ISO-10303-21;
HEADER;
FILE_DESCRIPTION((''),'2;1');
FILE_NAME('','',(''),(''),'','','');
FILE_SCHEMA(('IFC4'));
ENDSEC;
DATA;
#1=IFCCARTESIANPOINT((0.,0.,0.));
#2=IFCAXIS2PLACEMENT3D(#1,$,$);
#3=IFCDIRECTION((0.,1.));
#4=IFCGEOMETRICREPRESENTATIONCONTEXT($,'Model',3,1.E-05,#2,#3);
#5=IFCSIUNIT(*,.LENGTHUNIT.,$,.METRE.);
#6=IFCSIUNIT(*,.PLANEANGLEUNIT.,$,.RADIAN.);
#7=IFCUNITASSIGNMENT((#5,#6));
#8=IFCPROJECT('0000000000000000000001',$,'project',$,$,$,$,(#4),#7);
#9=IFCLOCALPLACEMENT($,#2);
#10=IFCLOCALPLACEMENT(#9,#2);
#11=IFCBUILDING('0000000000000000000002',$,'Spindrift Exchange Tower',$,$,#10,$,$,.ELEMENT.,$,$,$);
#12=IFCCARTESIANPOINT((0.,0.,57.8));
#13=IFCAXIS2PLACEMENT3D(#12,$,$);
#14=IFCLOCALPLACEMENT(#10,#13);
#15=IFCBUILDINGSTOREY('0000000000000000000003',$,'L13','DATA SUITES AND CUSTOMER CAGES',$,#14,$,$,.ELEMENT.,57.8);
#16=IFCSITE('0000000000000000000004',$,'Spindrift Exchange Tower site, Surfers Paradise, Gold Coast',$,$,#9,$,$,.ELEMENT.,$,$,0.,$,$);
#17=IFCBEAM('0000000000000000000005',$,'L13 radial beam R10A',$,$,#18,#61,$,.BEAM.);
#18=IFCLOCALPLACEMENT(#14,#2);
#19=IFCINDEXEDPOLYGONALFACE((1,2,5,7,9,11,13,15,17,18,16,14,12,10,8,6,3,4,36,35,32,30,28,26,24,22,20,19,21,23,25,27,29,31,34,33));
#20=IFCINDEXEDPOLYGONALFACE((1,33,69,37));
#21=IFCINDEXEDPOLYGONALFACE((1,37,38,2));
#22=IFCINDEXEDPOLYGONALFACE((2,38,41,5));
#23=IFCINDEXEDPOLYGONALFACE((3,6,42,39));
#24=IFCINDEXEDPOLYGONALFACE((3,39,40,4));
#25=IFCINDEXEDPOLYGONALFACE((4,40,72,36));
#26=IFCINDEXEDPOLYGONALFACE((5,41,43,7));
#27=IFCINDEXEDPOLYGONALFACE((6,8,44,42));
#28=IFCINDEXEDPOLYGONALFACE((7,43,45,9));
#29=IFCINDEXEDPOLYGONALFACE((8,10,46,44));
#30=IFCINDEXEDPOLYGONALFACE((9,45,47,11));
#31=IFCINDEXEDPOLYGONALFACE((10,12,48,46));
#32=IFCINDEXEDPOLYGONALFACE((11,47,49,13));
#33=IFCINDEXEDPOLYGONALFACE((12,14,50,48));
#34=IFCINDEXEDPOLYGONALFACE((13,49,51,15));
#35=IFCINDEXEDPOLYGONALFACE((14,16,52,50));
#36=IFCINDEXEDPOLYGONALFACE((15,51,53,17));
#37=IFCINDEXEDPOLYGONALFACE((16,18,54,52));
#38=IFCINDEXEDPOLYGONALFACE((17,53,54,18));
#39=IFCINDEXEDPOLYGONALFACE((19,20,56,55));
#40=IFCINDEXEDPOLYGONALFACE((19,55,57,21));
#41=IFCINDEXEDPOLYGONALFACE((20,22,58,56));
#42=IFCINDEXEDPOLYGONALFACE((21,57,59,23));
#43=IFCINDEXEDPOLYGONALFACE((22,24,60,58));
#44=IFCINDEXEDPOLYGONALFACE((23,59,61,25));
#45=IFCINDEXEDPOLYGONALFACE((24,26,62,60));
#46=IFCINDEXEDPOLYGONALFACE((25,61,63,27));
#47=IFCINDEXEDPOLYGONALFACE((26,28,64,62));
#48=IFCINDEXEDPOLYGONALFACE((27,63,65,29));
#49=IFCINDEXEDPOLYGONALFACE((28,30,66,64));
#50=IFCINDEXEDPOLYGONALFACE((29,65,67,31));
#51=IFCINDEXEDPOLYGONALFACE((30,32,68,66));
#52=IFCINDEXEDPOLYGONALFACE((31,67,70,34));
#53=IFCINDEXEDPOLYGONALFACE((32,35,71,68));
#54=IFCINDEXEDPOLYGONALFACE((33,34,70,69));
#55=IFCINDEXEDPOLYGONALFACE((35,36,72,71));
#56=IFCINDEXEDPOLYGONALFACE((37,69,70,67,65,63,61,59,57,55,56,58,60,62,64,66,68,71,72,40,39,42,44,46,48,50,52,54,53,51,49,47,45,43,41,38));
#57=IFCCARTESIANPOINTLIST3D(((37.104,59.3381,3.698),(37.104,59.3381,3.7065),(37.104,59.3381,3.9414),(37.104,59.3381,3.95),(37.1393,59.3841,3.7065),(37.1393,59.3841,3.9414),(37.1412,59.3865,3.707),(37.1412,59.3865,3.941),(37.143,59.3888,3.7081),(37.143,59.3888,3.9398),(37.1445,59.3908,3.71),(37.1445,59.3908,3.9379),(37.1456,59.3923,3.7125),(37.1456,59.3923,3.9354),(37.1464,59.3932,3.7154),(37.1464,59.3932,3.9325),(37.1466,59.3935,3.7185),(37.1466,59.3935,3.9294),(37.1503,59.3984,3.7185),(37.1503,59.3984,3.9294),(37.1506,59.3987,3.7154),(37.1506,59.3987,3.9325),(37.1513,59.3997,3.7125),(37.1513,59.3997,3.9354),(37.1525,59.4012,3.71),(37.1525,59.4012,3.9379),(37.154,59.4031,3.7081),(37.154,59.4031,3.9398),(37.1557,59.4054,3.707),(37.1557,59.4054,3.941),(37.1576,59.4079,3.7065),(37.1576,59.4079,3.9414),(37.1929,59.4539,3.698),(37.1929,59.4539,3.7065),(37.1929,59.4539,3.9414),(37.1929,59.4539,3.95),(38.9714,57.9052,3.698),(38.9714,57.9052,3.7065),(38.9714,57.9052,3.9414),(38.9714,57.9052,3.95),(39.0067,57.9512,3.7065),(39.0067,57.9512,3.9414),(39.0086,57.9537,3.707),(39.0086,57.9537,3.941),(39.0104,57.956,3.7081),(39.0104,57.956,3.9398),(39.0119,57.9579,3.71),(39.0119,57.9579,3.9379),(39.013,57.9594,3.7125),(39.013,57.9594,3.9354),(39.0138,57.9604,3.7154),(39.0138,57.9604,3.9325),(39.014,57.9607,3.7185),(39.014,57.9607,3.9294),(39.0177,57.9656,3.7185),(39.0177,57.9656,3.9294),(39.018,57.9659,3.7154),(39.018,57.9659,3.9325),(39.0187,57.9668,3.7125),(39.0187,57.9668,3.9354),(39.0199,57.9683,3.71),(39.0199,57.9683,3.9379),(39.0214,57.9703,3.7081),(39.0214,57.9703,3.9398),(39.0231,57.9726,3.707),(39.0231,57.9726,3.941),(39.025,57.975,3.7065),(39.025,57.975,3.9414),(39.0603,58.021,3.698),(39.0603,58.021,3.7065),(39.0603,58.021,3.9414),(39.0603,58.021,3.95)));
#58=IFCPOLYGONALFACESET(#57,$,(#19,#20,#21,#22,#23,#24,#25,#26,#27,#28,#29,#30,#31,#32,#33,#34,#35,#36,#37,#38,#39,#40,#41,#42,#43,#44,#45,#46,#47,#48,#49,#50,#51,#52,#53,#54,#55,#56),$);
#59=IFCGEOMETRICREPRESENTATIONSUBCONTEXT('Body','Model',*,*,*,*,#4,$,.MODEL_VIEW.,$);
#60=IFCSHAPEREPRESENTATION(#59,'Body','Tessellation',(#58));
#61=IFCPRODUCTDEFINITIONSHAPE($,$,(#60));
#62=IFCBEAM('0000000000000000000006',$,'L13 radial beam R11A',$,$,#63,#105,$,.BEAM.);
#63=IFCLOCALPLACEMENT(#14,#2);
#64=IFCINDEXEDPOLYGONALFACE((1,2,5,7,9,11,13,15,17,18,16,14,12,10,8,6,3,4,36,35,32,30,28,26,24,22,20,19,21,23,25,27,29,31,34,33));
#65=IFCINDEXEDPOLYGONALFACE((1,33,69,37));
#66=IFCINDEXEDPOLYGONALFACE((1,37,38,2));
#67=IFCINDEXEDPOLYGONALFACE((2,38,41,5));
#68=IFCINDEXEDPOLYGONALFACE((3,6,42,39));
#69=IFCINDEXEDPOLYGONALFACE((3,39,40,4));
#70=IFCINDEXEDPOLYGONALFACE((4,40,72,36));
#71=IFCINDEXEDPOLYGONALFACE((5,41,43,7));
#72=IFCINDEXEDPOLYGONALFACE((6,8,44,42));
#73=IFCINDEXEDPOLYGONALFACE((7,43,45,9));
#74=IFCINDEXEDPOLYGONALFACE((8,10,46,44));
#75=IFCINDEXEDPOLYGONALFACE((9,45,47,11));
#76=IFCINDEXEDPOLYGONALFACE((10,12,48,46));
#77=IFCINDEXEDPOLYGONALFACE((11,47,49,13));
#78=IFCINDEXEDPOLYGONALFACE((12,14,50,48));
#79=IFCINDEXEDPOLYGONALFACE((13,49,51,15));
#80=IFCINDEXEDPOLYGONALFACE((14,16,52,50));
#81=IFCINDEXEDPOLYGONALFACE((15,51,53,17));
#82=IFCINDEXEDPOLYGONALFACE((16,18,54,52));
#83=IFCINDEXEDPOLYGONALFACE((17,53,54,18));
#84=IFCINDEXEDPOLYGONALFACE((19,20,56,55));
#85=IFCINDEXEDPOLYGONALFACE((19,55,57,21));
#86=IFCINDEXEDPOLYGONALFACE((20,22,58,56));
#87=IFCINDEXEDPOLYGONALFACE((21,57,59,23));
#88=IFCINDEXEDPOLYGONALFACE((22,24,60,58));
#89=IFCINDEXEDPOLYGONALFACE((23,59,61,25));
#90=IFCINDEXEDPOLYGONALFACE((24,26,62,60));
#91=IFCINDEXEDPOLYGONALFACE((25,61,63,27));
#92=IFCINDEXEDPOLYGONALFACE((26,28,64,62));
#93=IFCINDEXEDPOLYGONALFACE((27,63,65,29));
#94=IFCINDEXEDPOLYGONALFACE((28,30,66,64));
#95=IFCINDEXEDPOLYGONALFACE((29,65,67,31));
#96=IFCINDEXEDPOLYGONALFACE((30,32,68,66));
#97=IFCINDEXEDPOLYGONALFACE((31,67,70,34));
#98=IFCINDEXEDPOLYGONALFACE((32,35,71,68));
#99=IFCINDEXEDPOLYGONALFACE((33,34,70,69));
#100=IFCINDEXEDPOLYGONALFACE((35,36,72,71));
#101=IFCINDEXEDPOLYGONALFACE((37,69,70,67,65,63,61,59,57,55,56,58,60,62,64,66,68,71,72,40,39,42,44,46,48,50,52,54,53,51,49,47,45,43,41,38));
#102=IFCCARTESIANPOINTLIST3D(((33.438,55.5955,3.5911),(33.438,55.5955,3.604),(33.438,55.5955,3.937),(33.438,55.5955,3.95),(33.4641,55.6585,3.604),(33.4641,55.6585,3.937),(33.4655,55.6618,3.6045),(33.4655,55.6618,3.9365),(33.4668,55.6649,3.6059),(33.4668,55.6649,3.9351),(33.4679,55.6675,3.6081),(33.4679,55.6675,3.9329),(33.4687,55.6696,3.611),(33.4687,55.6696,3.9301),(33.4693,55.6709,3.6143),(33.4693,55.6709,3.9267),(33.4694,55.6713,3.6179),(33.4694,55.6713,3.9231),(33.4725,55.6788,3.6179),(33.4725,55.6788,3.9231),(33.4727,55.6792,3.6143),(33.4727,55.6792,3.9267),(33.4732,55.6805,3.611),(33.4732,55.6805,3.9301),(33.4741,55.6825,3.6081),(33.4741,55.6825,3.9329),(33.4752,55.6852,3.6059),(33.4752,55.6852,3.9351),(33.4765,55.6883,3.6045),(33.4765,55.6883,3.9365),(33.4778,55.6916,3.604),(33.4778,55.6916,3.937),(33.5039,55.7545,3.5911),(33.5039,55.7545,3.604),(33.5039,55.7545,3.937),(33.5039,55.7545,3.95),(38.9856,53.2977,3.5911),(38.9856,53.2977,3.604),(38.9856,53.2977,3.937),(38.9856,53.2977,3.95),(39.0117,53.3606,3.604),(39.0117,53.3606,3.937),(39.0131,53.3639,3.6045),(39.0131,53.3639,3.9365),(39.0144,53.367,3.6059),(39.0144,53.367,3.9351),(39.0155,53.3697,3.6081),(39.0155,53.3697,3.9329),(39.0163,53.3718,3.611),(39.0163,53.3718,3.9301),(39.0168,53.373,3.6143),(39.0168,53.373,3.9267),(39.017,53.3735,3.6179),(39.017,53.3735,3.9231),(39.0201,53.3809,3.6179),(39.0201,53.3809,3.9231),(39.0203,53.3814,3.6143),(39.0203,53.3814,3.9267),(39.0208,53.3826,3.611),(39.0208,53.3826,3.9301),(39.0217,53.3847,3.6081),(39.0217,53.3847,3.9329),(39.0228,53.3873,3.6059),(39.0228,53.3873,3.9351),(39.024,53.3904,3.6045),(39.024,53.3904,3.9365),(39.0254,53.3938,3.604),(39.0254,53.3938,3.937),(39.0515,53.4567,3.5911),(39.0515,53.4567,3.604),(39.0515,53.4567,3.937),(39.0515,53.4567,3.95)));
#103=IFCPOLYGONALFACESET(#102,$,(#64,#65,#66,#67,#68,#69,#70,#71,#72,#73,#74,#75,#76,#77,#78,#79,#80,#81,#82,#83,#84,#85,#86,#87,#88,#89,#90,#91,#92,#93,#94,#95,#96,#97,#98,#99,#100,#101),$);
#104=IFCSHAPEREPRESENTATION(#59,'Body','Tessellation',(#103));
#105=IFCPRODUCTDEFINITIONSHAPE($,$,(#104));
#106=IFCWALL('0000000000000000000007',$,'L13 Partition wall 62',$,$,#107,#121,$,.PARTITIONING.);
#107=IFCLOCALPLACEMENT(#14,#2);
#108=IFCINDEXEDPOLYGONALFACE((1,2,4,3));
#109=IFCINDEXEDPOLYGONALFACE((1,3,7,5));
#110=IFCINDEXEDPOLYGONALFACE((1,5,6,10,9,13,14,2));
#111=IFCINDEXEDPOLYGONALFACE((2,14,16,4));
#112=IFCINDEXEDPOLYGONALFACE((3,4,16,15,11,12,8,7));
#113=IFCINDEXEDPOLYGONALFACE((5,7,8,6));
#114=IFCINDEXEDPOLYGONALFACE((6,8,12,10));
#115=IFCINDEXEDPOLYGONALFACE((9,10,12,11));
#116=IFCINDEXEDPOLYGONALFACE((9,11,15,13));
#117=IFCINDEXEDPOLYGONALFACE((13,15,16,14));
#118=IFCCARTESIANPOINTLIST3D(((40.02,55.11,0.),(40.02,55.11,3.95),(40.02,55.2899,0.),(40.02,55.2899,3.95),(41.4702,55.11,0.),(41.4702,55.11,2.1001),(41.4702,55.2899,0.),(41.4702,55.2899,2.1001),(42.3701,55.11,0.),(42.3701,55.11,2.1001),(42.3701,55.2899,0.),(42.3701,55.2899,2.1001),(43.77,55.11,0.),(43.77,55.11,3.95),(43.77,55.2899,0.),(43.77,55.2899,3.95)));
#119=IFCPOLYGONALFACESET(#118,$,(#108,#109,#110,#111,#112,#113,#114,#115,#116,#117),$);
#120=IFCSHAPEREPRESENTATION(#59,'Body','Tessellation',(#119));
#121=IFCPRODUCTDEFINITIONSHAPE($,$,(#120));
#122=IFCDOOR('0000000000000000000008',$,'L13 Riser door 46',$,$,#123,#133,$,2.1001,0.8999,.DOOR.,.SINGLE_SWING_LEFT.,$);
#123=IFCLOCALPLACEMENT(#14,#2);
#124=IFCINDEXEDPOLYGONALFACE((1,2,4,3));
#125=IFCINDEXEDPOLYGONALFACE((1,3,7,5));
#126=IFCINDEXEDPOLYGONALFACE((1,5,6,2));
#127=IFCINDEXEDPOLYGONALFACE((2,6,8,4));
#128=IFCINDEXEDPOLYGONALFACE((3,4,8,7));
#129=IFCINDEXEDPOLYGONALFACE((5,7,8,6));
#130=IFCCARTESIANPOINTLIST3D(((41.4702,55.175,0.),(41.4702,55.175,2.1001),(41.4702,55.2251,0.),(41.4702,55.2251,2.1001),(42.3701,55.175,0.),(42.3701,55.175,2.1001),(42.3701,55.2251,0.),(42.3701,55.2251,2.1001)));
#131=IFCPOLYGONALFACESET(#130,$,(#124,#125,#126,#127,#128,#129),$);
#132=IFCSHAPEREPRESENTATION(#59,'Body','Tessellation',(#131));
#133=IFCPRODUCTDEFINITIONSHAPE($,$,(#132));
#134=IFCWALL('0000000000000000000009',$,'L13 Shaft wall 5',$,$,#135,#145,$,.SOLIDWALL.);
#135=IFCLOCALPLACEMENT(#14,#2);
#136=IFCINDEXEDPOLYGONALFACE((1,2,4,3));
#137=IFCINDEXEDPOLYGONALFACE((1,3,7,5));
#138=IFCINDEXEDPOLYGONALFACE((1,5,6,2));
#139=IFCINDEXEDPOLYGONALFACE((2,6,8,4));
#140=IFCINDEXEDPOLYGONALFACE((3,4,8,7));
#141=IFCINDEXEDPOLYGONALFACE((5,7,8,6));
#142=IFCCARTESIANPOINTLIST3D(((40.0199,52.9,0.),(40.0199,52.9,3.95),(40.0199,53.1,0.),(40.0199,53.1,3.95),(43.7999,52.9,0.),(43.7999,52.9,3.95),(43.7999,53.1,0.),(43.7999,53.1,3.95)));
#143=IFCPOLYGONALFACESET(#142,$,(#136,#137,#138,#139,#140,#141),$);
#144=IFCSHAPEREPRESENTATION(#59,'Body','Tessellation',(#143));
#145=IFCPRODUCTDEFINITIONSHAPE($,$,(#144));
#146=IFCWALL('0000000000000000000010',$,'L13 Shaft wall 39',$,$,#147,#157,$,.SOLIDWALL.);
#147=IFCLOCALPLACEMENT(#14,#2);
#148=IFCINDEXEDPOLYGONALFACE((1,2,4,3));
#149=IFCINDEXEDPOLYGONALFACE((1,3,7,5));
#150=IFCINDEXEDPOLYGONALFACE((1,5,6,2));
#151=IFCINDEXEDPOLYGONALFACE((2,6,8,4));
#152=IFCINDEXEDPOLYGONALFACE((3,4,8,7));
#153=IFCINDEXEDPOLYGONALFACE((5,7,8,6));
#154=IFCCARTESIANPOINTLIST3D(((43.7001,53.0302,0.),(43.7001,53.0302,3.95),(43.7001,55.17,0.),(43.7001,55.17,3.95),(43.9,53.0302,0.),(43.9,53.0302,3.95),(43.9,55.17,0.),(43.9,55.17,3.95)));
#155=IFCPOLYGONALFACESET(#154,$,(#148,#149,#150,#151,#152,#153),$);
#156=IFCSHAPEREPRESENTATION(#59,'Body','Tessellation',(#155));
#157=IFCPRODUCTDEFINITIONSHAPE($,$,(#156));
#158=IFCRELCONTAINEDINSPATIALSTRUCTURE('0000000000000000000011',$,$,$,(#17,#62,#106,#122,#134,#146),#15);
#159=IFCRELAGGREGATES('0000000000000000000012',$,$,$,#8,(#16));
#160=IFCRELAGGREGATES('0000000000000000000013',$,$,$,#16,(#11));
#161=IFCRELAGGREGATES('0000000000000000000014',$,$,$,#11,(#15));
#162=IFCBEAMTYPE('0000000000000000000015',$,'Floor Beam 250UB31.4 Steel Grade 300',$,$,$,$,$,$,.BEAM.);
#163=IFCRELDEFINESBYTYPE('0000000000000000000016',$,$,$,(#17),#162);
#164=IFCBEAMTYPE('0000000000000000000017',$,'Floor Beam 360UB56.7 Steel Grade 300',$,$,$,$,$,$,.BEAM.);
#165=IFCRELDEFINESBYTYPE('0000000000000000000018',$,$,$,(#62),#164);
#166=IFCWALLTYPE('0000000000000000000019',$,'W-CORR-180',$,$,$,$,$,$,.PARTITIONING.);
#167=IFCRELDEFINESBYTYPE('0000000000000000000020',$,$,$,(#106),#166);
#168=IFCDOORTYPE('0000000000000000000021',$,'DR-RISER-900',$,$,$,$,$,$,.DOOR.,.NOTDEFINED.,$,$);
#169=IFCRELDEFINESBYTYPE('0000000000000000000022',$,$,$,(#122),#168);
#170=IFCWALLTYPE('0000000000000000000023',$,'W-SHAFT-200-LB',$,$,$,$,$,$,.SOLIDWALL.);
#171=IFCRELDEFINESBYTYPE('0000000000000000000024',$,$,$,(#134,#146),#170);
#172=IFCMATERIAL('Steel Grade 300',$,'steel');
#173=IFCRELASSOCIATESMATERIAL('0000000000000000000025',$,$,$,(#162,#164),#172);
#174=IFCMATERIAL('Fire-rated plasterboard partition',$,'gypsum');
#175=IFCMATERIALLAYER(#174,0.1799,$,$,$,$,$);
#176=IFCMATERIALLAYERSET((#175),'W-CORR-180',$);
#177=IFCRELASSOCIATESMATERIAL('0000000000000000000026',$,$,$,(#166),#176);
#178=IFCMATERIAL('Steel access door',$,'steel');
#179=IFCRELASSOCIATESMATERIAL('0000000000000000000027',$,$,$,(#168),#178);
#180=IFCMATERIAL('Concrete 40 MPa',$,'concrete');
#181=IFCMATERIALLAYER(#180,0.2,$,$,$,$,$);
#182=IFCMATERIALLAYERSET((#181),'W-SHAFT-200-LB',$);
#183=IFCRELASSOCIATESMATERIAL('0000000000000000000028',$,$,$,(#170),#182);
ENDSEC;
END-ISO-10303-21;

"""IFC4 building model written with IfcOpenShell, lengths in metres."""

from ifc_helpers import new_model, si_unit, direction, frame, frame_2d, origin, origin_2d, place, context, subcontext, project, spatial, rectangle, i_section, extrude, source, transform, mapped, material, layer, layer_set, material_profile, profile_set, type_object, element, fill, save


model = new_model("IFC4")

# Units and contexts
model_context = context("Model", 3, precision=1e-05, world=origin(), true_north=direction((0.0, 1.0)))
body_context = subcontext(model_context, "Body", "Model", "MODEL_VIEW")
ifc_project = project(units=[si_unit("LENGTHUNIT", "METRE"), si_unit("PLANEANGLEUNIT", "RADIAN")], contexts=[model_context])

# Site, building, storey
site_placement = place(None, origin())
site = spatial("IfcSite", under=ifc_project, at=site_placement, Name="Spindrift Exchange Tower site, Surfers Paradise, Gold Coast", CompositionType="ELEMENT", RefElevation=0.0)
building_placement = place(site_placement, origin())
building = spatial("IfcBuilding", under=site, at=building_placement, Name="Spindrift Exchange Tower", CompositionType="ELEMENT")
storey_placement = place(building_placement, frame((0.0, 0.0, 57.8)))
storey = spatial("IfcBuildingStorey", under=building, at=storey_placement, Name="L13", Description="DATA SUITES AND CUSTOMER CAGES", CompositionType="ELEMENT", Elevation=57.8)

# Beams
ifc_material_1 = material(Name="Steel Grade 300", Category="steel")
ifc_material_profile_1 = material_profile(ifc_material_1, i_section(OverallWidth=0.146, OverallDepth=0.252, WebThickness=0.0061, FlangeThickness=0.0085, FilletRadius=0.012, at=origin_2d()), Name="250UB31.4")
ifc_profile_set_1 = profile_set([ifc_material_profile_1], Name="Steel Grade 300")
beam_type_1 = type_object("IfcBeamType", Name="Floor Beam 250UB31.4 Steel Grade 300", PredefinedType="BEAM", material=ifc_profile_set_1)
shared_shape_1 = source(origin(), body_context, "Body", "SweptSolid", [
    extrude(i_section(OverallWidth=0.146, OverallDepth=0.252, WebThickness=0.0061, FlangeThickness=0.0085, FilletRadius=0.012, at=origin_2d()), origin(), (0.0, 0.0, 1.0), 2.3538),
])
beam_1_placement = place(storey_placement, frame((39.0159, 57.9631, 3.824), z_axis=(-0.793368, 0.608743, 0.0), x_axis=(-0.608743, -0.793368, 0.0)))
element("IfcBeam", 1, at=beam_1_placement, inside=storey, type_object=beam_type_1, Name="L13 radial beam R10A", PredefinedType="BEAM", context=body_context, shape_type="MappedRepresentation", body=[
    mapped(shared_shape_1, transform((0.0, 0.0, 0.0), scale=1.0)),
])
ifc_material_profile_2 = material_profile(ifc_material_1, i_section(OverallWidth=0.1721, OverallDepth=0.3589, WebThickness=0.0081, FlangeThickness=0.0129, FilletRadius=0.0139, at=origin_2d()), Name="360UB56.7")
ifc_profile_set_2 = profile_set([ifc_material_profile_2], Name="Steel Grade 300")
beam_type_2 = type_object("IfcBeamType", Name="Floor Beam 360UB56.7 Steel Grade 300", PredefinedType="BEAM", material=ifc_profile_set_2)
shared_shape_2 = source(origin(), body_context, "Body", "SweptSolid", [
    extrude(i_section(OverallWidth=0.1721, OverallDepth=0.3589, WebThickness=0.0081, FlangeThickness=0.0129, FilletRadius=0.0139, at=origin_2d()), origin(), (0.0, 0.0, 1.0), 6.0046),
])
beam_2_placement = place(storey_placement, frame((39.0186, 53.3772, 3.7705), z_axis=(-0.923882, 0.382677, 0.0), x_axis=(-0.382677, -0.923882, 0.0)))
element("IfcBeam", 2, at=beam_2_placement, inside=storey, type_object=beam_type_2, Name="L13 radial beam R11A", PredefinedType="BEAM", context=body_context, shape_type="MappedRepresentation", body=[
    mapped(shared_shape_2, transform((0.0, 0.0, 0.0), scale=1.0)),
])

# Wall, opening, door
ifc_material_2 = material(Name="Fire-rated plasterboard partition", Category="gypsum")
ifc_layer_1 = layer(ifc_material_2, 0.1799)
ifc_layer_set_1 = layer_set([ifc_layer_1], Name="W-CORR-180")
wall_type_1 = type_object("IfcWallType", Name="W-CORR-180", PredefinedType="PARTITIONING", material=ifc_layer_set_1)
wall_1_placement = place(storey_placement, frame((43.77, 55.2, 0.0), z_axis=(0.0, 0.0, 1.0), x_axis=(-1.0, 0.0, 0.0)))
wall_1 = element("IfcWall", 3, at=wall_1_placement, inside=storey, type_object=wall_type_1, Name="L13 Partition wall 62", PredefinedType="PARTITIONING", context=body_context, shape_type="SweptSolid", body=[
    extrude(rectangle(XDim=3.75, YDim=0.1799, at=frame_2d((1.875, 0.0))), origin(), (0.0, 0.0, 1.0), 3.95),
])
opening_placement = place(wall_1_placement, frame((1.3999, 0.0, 0.0)))
opening = element("IfcOpeningElement", 4, at=opening_placement, cuts=wall_1, PredefinedType="OPENING", context=body_context, shape_type="SweptSolid", body=[
    extrude(rectangle(XDim=0.8999, YDim=2.1001, at=frame_2d((0.45, 1.05))), frame((0.0, 0.0999, 0.0), z_axis=(0.0, -1.0, 0.0), x_axis=(1.0, 0.0, 0.0)), (0.0, 0.0, 1.0), 0.2),
])
ifc_material_3 = material(Name="Steel access door", Category="steel")
door_type = type_object("IfcDoorType", Name="DR-RISER-900", OperationType="NOTDEFINED", PredefinedType="DOOR", material=ifc_material_3)
shared_shape_3 = source(origin(), body_context, "Body", "SweptSolid", [
    extrude(rectangle(XDim=0.8999, YDim=2.1001, at=frame_2d((0.45, 1.05))), frame((0.0, 0.0249, 0.0), z_axis=(0.0, -1.0, 0.0), x_axis=(1.0, 0.0, 0.0)), (0.0, 0.0, 1.0), 0.05),
])
door_placement = place(opening_placement, origin())
door = element("IfcDoor", 5, at=door_placement, inside=storey, type_object=door_type, Name="L13 Riser door 46", OperationType="SINGLE_SWING_LEFT", OverallHeight=2.1001, OverallWidth=0.8999, PredefinedType="DOOR", context=body_context, shape_type="MappedRepresentation", body=[
    mapped(shared_shape_3, transform((0.0, 0.0, 0.0), scale=1.0)),
])
fill(opening, door)

# Walls
ifc_material_4 = material(Name="Concrete 40 MPa", Category="concrete")
ifc_layer_2 = layer(ifc_material_4, 0.2)
ifc_layer_set_2 = layer_set([ifc_layer_2], Name="W-SHAFT-200-LB")
wall_type_2 = type_object("IfcWallType", Name="W-SHAFT-200-LB", PredefinedType="SOLIDWALL", material=ifc_layer_set_2)
wall_2_placement = place(storey_placement, frame((43.8, 53.0, 0.0), z_axis=(0.0, 0.0, 1.0), x_axis=(-1.0, 0.0, 0.0)))
element("IfcWall", 6, at=wall_2_placement, inside=storey, type_object=wall_type_2, Name="L13 Shaft wall 5", PredefinedType="SOLIDWALL", context=body_context, shape_type="SweptSolid", body=[
    extrude(rectangle(XDim=3.78, YDim=0.2, at=frame_2d((1.8901, 0.0))), origin(), (0.0, 0.0, 1.0), 3.95),
])
wall_3_placement = place(storey_placement, frame((43.8, 55.1699, 0.0), z_axis=(0.0, 0.0, 1.0), x_axis=(0.0, -1.0, 0.0)))
element("IfcWall", 7, at=wall_3_placement, inside=storey, type_object=wall_type_2, Name="L13 Shaft wall 39", PredefinedType="SOLIDWALL", context=body_context, shape_type="SweptSolid", body=[
    extrude(rectangle(XDim=2.1399, YDim=0.2, at=frame_2d((1.0698, 0.0))), origin(), (0.0, 0.0, 1.0), 3.95),
])

save(model, "model.ifc")
